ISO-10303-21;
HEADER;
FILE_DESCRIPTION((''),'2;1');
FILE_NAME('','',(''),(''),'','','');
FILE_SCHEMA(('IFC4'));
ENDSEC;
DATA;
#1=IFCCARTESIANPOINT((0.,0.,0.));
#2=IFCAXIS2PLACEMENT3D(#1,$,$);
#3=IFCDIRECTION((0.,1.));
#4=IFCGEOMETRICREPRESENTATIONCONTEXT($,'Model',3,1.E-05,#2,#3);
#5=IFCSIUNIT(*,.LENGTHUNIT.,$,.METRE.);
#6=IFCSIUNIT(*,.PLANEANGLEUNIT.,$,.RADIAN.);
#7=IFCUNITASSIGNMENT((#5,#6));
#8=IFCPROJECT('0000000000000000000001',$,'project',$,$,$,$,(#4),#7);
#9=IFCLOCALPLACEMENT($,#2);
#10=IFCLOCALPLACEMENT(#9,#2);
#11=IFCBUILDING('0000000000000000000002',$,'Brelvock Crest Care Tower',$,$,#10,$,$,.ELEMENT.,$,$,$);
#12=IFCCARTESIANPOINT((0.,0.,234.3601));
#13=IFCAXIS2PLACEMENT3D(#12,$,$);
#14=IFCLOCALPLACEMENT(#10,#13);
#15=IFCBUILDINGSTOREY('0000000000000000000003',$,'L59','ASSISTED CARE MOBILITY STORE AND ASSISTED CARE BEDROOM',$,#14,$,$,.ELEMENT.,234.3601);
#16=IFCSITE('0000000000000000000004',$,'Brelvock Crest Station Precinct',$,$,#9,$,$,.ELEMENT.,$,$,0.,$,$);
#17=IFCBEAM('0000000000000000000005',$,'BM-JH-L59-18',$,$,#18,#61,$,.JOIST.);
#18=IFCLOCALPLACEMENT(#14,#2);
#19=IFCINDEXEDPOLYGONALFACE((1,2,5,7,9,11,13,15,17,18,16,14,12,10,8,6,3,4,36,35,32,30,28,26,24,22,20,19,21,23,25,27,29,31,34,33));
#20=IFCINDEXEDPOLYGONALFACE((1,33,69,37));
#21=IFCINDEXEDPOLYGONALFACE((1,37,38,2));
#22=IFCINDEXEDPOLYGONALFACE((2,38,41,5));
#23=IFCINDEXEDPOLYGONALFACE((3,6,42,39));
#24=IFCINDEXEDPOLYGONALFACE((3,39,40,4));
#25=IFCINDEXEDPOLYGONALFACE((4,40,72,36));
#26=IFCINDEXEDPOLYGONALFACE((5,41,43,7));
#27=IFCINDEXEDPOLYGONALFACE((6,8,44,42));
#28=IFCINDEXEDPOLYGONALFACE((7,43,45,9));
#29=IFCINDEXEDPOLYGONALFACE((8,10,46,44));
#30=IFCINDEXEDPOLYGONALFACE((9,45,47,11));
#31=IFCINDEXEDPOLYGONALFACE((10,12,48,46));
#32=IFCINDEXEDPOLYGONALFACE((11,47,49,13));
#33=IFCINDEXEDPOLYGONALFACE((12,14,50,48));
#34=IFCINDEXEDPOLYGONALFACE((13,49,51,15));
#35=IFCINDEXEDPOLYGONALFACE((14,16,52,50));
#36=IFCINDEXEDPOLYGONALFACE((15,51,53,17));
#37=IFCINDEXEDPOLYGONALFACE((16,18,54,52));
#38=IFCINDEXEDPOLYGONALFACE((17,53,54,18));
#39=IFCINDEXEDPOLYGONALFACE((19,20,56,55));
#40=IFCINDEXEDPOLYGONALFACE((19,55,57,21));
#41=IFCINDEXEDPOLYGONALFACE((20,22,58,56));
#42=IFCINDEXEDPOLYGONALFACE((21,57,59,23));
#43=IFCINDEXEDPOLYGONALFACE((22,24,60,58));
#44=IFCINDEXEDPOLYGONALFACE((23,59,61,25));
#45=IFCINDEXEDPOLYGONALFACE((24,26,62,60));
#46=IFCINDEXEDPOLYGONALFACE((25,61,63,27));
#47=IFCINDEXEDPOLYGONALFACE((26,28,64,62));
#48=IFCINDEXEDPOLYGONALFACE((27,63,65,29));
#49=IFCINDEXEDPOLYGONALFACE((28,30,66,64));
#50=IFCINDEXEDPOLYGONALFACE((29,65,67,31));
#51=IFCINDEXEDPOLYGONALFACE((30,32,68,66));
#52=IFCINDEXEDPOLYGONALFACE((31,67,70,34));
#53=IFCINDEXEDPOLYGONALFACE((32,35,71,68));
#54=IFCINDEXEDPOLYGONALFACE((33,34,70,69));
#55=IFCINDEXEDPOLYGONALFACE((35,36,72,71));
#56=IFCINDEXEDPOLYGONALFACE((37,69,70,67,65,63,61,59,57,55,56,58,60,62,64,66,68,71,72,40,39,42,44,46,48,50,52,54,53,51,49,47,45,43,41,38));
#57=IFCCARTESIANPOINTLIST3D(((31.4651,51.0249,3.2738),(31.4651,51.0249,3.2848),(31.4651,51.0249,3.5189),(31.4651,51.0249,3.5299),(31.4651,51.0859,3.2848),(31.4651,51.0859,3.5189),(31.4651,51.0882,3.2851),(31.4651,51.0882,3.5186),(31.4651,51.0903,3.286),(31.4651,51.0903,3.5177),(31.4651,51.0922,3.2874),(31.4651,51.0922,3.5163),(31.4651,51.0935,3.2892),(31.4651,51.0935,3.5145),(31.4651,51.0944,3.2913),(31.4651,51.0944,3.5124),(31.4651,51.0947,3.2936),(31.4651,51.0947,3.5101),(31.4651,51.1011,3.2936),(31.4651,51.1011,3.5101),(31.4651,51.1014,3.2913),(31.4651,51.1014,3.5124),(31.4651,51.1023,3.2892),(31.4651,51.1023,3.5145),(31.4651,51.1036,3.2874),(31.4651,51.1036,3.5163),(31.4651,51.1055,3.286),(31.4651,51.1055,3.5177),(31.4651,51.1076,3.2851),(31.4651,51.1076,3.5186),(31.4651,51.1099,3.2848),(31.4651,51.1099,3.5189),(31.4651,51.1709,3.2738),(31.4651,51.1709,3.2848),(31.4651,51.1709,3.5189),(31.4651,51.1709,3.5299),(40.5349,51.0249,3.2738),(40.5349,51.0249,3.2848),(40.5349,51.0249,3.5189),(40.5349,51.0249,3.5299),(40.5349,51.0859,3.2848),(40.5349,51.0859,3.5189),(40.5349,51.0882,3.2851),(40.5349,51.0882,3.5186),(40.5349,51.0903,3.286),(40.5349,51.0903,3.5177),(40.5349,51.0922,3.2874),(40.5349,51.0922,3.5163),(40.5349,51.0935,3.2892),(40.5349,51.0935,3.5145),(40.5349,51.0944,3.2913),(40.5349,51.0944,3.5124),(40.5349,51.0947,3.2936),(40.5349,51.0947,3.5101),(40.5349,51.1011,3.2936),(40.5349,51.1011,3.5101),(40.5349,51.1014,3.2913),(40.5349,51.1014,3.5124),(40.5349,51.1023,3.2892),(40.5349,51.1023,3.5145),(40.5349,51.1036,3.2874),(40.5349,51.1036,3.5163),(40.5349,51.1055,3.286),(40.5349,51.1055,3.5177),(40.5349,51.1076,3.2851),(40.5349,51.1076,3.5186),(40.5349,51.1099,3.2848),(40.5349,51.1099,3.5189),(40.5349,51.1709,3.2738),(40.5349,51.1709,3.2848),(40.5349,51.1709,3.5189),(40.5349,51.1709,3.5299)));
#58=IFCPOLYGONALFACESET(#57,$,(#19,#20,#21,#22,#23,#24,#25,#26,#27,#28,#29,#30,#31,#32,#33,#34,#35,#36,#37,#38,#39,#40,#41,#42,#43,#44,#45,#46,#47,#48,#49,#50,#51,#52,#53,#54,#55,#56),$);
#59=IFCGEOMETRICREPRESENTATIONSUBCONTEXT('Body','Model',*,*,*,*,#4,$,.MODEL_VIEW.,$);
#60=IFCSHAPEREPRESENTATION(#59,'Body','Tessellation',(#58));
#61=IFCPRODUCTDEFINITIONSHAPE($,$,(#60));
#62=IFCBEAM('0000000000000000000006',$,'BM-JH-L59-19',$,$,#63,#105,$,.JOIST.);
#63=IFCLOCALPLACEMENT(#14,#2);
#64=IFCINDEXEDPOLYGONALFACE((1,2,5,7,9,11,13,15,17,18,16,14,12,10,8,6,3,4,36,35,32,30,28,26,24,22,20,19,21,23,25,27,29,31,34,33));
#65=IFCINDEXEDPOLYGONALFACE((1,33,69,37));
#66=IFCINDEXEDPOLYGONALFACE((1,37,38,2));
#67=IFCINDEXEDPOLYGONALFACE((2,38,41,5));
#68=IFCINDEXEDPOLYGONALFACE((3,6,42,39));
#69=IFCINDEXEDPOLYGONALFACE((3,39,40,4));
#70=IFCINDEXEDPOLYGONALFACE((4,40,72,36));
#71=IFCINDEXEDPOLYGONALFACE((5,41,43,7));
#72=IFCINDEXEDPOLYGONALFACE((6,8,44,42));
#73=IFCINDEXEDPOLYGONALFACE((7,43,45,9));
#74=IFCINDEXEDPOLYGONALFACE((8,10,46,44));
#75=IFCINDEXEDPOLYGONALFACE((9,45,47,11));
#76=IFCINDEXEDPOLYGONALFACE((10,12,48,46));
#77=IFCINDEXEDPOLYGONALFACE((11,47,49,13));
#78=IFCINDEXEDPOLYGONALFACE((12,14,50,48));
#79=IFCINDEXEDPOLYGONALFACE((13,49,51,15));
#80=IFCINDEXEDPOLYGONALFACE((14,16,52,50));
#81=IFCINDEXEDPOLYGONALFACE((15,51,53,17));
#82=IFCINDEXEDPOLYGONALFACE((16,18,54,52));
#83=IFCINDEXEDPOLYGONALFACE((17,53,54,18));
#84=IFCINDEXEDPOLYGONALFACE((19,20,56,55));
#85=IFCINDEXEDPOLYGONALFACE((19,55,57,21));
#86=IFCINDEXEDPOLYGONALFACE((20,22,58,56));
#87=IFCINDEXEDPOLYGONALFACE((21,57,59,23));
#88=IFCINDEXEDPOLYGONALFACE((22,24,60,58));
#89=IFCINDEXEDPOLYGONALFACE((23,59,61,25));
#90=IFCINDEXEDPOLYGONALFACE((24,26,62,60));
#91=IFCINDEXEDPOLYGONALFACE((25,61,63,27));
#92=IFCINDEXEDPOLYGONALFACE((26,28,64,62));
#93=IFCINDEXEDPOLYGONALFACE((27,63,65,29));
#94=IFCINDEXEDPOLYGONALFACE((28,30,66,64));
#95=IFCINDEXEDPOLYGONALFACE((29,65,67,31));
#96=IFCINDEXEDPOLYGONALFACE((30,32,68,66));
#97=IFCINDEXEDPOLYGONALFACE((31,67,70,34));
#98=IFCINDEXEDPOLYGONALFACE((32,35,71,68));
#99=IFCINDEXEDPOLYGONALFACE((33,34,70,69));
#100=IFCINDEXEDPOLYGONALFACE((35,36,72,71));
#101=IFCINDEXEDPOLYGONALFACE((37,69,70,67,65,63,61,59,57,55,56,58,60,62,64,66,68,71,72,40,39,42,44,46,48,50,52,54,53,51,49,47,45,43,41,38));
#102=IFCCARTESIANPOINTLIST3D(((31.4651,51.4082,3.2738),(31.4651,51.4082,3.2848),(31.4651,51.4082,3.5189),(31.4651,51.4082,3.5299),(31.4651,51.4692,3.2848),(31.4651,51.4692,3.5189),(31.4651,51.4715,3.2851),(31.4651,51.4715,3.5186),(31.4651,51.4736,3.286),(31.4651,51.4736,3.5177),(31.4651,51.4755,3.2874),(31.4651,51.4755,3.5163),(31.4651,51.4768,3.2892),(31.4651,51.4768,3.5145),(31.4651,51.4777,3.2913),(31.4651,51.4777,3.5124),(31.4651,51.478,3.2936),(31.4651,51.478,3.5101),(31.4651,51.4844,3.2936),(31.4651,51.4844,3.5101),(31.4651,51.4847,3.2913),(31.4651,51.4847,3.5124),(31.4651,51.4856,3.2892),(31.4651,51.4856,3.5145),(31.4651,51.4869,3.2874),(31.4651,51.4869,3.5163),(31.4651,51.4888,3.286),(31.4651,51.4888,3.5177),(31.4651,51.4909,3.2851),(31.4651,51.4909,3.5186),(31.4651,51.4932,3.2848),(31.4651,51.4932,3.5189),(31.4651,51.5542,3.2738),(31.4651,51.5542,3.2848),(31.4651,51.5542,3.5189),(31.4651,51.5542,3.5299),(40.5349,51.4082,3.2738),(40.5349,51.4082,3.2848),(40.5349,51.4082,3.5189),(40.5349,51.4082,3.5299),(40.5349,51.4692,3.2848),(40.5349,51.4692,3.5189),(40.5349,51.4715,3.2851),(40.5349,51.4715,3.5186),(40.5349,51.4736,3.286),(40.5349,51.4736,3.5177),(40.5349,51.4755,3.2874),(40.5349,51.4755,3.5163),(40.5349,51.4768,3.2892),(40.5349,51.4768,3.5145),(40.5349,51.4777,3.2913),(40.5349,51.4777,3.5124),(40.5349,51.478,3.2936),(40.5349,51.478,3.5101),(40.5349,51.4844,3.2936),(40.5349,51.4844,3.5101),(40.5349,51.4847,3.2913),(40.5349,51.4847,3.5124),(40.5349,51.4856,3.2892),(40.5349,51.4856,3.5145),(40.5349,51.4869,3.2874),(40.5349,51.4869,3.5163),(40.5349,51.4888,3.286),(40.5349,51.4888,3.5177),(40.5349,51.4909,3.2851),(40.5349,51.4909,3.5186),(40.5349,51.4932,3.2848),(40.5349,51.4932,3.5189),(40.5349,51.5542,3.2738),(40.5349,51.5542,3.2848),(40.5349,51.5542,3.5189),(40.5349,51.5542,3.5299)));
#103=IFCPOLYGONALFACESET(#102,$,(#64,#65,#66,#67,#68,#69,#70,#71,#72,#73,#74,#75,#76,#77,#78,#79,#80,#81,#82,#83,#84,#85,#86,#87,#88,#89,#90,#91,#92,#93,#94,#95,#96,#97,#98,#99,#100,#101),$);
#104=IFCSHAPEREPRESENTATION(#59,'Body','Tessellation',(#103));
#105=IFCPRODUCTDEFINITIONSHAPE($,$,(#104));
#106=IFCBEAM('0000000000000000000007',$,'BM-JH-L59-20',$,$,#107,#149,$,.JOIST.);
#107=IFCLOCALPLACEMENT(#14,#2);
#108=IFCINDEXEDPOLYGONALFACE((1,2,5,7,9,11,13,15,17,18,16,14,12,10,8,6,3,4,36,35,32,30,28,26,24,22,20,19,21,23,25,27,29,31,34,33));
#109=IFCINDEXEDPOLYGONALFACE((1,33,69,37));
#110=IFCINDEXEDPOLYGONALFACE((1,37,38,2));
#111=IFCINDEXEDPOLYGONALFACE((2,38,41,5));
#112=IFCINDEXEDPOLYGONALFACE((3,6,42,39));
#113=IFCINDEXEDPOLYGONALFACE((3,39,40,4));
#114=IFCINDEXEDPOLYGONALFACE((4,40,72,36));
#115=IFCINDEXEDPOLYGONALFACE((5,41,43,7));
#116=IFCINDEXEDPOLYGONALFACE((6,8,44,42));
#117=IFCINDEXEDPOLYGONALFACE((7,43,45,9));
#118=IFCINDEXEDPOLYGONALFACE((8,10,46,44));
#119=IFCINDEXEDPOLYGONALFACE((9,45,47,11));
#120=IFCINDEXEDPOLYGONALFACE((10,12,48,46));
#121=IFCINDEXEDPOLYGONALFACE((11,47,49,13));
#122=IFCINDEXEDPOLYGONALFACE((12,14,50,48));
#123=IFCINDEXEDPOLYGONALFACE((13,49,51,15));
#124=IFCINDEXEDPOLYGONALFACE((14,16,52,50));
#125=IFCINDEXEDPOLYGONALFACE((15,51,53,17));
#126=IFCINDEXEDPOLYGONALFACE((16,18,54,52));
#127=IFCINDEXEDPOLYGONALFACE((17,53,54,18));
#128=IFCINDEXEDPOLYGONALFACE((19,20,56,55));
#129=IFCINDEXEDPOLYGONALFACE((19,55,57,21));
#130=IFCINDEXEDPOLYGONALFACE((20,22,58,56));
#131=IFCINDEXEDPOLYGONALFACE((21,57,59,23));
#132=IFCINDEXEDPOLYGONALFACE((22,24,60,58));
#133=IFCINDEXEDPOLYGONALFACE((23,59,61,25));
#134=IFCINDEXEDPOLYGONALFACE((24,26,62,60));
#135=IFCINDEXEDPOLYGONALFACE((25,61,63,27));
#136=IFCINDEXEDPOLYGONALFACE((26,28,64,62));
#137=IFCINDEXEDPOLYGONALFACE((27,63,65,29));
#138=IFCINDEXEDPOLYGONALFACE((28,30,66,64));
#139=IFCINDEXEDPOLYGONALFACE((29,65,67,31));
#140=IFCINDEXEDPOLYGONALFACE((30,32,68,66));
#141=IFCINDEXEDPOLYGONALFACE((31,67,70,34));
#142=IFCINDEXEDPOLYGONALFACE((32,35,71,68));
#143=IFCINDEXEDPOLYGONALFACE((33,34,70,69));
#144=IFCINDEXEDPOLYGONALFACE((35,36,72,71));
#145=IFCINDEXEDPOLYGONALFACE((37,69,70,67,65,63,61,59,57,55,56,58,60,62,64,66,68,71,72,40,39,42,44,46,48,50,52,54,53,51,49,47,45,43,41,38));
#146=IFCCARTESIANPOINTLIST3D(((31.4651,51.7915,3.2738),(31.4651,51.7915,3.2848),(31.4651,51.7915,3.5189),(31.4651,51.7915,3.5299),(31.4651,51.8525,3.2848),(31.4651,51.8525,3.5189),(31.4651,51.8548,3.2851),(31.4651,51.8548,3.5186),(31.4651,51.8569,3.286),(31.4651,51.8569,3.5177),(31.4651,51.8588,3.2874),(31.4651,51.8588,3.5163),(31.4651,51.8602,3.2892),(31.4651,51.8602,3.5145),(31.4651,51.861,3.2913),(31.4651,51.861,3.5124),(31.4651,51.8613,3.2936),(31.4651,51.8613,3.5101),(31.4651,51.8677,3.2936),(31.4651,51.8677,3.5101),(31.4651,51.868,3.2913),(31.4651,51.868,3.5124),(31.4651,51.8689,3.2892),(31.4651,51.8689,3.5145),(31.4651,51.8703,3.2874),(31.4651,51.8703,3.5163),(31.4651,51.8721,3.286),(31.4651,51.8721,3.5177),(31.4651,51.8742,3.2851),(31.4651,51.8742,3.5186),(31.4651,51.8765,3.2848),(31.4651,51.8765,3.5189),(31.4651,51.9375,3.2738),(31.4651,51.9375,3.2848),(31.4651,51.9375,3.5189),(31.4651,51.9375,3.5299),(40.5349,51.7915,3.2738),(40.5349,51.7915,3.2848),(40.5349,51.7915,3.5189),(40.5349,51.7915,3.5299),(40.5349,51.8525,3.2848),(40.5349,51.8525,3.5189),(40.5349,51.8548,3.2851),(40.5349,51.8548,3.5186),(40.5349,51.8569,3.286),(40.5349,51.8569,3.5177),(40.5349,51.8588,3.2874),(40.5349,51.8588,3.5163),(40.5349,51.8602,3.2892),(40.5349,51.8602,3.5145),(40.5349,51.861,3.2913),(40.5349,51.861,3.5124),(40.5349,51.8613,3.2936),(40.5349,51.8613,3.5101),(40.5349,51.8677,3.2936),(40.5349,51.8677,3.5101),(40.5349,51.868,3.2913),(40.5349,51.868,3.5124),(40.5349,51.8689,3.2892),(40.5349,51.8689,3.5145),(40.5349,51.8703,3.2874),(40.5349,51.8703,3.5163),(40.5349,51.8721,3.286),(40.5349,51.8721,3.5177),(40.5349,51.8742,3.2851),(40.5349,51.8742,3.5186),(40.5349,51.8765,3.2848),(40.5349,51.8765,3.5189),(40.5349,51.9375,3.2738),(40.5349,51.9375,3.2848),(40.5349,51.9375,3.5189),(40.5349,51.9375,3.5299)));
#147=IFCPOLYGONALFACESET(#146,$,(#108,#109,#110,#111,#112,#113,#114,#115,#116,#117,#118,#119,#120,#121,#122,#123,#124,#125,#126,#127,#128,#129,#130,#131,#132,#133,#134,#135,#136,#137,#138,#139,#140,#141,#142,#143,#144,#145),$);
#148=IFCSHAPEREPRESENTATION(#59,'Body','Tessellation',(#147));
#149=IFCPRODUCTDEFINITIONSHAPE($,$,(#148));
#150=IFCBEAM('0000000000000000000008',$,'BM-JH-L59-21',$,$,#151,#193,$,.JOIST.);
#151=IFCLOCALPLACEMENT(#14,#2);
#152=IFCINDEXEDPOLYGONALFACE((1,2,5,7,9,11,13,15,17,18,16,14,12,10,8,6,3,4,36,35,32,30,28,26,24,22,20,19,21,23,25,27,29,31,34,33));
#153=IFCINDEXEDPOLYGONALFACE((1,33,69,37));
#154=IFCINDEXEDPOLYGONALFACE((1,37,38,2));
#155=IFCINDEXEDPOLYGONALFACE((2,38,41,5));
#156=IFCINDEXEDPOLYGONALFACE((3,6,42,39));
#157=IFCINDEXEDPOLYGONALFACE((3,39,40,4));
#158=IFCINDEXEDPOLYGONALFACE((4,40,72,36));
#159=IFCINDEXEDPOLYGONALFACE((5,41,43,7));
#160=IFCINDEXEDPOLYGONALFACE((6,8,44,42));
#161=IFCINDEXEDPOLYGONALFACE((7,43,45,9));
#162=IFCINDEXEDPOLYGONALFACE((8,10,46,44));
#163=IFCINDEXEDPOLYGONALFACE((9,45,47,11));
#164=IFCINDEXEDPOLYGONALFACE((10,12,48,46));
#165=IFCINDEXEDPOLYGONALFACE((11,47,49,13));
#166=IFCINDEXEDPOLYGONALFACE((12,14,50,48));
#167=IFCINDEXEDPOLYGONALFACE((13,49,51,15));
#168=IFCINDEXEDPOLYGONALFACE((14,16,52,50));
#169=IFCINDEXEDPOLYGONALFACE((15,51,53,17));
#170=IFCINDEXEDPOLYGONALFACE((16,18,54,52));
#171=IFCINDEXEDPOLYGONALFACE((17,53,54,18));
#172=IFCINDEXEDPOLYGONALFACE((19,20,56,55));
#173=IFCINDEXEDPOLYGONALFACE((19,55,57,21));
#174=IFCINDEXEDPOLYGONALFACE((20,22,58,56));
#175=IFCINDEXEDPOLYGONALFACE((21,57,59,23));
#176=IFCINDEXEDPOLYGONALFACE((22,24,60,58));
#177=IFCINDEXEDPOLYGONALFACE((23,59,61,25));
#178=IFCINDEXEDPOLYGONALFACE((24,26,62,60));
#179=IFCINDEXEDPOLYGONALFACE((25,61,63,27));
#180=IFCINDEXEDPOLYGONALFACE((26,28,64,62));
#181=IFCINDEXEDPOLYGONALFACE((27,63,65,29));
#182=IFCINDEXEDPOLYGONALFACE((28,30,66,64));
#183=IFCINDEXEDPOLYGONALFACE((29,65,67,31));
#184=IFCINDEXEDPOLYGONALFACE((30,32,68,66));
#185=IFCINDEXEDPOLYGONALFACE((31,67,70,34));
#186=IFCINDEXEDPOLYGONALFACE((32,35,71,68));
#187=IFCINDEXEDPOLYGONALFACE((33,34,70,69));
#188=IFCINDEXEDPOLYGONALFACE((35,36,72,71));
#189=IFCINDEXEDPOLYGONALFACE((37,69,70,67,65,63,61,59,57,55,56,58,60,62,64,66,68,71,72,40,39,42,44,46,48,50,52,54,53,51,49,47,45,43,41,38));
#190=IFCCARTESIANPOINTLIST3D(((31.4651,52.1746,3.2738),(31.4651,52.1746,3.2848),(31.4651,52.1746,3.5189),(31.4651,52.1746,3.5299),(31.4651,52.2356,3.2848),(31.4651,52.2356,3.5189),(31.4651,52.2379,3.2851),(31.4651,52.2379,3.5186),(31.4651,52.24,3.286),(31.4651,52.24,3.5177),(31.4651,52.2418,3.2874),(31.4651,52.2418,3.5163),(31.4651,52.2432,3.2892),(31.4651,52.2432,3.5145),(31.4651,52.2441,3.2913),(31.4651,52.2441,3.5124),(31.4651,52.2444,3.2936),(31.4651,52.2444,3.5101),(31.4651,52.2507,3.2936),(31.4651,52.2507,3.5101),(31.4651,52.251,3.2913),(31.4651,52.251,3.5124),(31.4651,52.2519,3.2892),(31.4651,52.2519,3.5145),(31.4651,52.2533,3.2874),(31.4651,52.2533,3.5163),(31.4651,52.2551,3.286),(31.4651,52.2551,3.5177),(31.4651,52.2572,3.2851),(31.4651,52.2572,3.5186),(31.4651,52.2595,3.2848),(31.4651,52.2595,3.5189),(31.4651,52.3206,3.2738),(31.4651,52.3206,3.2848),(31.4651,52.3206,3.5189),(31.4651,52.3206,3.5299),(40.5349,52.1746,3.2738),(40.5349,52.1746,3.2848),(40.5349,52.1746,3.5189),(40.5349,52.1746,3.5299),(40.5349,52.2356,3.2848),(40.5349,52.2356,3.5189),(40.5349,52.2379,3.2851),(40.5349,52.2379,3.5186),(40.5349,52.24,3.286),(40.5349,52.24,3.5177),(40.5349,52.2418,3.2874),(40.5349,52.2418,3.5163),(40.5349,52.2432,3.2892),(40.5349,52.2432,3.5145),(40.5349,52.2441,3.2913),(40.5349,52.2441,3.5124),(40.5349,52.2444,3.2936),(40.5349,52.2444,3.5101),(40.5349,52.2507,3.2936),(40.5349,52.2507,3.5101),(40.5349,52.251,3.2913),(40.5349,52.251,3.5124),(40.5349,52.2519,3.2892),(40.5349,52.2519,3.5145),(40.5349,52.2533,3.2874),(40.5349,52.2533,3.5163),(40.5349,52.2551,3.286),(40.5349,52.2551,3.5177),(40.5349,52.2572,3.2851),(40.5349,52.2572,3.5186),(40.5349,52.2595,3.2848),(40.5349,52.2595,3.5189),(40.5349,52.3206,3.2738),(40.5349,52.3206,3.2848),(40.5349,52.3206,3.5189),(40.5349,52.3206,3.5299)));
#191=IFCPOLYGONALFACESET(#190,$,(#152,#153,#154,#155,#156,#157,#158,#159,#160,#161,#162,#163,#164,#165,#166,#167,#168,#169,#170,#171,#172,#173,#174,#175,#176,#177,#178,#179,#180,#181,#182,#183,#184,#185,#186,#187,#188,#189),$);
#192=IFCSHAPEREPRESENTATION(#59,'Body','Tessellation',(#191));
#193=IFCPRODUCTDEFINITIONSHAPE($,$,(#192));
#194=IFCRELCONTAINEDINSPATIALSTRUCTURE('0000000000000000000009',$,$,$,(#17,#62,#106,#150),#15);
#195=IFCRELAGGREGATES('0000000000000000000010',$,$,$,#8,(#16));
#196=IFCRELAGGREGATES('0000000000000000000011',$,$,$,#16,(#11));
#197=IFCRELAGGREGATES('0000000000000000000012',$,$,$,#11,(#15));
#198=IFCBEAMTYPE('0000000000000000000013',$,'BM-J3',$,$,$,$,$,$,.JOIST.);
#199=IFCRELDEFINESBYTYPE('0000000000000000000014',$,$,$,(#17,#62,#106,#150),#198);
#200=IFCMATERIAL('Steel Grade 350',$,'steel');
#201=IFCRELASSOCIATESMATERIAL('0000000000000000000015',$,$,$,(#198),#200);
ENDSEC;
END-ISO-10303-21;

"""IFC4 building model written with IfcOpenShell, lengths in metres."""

from ifc_helpers import new_model, si_unit, direction, frame, origin, origin_2d, place, context, subcontext, project, spatial, i_section, extrude, source, transform, mapped, material, material_profile, profile_set, type_object, element, save


model = new_model("IFC4")

# Units and contexts
model_context = context("Model", 3, precision=1e-05, world=origin(), true_north=direction((0.0, 1.0)))
body_context = subcontext(model_context, "Body", "Model", "MODEL_VIEW")
ifc_project = project(units=[si_unit("LENGTHUNIT", "METRE"), si_unit("PLANEANGLEUNIT", "RADIAN")], contexts=[model_context])

# Site, building, storey
site_placement = place(None, origin())
site = spatial("IfcSite", under=ifc_project, at=site_placement, Name="Brelvock Crest Station Precinct", CompositionType="ELEMENT", RefElevation=0.0)
building_placement = place(site_placement, origin())
building = spatial("IfcBuilding", under=site, at=building_placement, Name="Brelvock Crest Care Tower", CompositionType="ELEMENT")
storey_placement = place(building_placement, frame((0.0, 0.0, 234.3601)))
storey = spatial("IfcBuildingStorey", under=building, at=storey_placement, Name="L59", Description="ASSISTED CARE MOBILITY STORE AND ASSISTED CARE BEDROOM", CompositionType="ELEMENT", Elevation=234.3601)

# Beams
ifc_material_1 = material(Name="Steel Grade 350", Category="steel")
ifc_material_profile_1 = material_profile(ifc_material_1, i_section(OverallWidth=0.146, OverallDepth=0.2561, WebThickness=0.0063, FlangeThickness=0.011, FilletRadius=0.0088, at=origin_2d()), Name="250UB37.3")
ifc_profile_set_1 = profile_set([ifc_material_profile_1], Name="Steel Grade 350")
beam_type_1 = type_object("IfcBeamType", Name="BM-J3", PredefinedType="JOIST", material=ifc_profile_set_1)
shared_shape_1 = source(origin(), body_context, "Body", "SweptSolid", [
    extrude(i_section(OverallWidth=0.146, OverallDepth=0.2561, WebThickness=0.0063, FlangeThickness=0.011, FilletRadius=0.0088, at=origin_2d()), origin(), (0.0, 0.0, 1.0), 9.0698),
])
for number, where, z_axis, x_axis, name in (
    (1, (31.4651, 51.0979, 3.4019), (1.0, 0.0, 0.0), (0.0, 1.0, 0.0), "BM-JH-L59-18"),
    (2, (31.4651, 51.4812, 3.4019), (1.0, 0.0, 0.0), (0.0, 1.0, 0.0), "BM-JH-L59-19"),
    (3, (31.4651, 51.8645, 3.4019), (1.0, 0.0, 0.0), (0.0, 1.0, 0.0), "BM-JH-L59-20"),
    (4, (31.4651, 52.2476, 3.4019), (1.0, 0.0, 0.0), (0.0, 1.0, 0.0), "BM-JH-L59-21"),
):
    element("IfcBeam", number, at=place(storey_placement, frame(where, z_axis=z_axis, x_axis=x_axis)), inside=storey, type_object=beam_type_1, Name=name, PredefinedType="JOIST", context=body_context, shape_type="MappedRepresentation", body=[
        mapped(shared_shape_1, transform((0.0, 0.0, 0.0), x_axis=(1.0, 0.0, 0.0), y_axis=(0.0, 1.0, 0.0), z_axis=(0.0, 0.0, 1.0), scale=1.0)),
    ])

save(model, "model.ifc")
